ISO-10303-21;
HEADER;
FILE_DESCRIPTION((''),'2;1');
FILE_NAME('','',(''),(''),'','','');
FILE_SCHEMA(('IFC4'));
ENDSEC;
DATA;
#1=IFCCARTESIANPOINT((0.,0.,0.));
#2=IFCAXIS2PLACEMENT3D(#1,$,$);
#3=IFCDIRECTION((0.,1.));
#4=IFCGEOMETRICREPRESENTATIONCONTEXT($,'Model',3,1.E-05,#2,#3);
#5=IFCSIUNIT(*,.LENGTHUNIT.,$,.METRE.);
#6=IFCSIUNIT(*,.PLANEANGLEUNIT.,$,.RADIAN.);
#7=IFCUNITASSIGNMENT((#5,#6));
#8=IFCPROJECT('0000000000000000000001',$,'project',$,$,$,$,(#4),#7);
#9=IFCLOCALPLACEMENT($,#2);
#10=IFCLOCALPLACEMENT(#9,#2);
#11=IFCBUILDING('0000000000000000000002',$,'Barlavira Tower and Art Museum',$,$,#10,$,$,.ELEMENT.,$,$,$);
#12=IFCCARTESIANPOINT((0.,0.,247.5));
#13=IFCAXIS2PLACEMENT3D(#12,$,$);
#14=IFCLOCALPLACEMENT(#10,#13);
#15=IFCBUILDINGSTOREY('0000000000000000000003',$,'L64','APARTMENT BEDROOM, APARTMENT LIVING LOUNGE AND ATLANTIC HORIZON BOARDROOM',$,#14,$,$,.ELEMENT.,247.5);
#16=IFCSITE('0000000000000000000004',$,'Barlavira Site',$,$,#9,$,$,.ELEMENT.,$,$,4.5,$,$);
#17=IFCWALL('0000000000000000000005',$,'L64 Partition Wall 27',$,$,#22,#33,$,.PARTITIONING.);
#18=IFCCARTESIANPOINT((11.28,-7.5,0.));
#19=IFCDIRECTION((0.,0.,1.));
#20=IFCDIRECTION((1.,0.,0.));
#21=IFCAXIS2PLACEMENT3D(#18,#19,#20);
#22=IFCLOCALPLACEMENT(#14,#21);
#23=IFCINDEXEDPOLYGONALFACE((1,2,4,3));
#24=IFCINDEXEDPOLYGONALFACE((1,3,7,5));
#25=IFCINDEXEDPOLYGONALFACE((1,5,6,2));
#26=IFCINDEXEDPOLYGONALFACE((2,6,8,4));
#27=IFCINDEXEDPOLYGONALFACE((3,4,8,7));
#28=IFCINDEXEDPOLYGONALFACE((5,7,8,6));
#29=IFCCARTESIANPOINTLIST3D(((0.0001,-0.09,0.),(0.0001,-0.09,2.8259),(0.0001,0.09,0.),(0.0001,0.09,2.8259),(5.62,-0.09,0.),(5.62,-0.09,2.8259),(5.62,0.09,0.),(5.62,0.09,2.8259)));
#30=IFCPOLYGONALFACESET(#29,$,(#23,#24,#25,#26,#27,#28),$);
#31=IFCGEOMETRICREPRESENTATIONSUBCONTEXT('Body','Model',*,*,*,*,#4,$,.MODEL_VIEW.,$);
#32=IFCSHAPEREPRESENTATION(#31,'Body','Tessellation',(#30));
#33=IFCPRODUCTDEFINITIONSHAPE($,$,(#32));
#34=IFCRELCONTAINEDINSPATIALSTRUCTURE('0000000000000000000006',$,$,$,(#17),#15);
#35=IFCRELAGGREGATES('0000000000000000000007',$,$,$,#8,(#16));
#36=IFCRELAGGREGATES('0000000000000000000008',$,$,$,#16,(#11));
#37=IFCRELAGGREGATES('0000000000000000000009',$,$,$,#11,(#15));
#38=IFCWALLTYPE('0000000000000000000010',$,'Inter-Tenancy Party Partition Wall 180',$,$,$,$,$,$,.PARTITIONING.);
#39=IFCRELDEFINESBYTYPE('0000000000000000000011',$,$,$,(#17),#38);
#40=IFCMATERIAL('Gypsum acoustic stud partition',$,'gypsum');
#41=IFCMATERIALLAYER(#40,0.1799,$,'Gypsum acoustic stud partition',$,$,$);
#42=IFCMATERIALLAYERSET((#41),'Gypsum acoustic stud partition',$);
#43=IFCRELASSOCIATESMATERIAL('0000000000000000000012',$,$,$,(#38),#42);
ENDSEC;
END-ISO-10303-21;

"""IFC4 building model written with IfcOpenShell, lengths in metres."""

from ifc_helpers import new_model, si_unit, direction, frame, frame_2d, origin, place, context, subcontext, project, spatial, rectangle, extrude, material, layer, layer_set, type_object, element, save


model = new_model("IFC4")

# Units and contexts
model_context = context("Model", 3, precision=1e-05, world=origin(), true_north=direction((0.0, 1.0)))
body_context = subcontext(model_context, "Body", "Model", "MODEL_VIEW")
ifc_project = project(units=[si_unit("LENGTHUNIT", "METRE"), si_unit("PLANEANGLEUNIT", "RADIAN")], contexts=[model_context])

# Site, building, storey
site_placement = place(None, origin())
site = spatial("IfcSite", under=ifc_project, at=site_placement, Name="Barlavira Site", CompositionType="ELEMENT", RefElevation=4.5)
building_placement = place(site_placement, origin())
building = spatial("IfcBuilding", under=site, at=building_placement, Name="Barlavira Tower and Art Museum", CompositionType="ELEMENT")
storey_placement = place(building_placement, frame((0.0, 0.0, 247.5)))
storey = spatial("IfcBuildingStorey", under=building, at=storey_placement, Name="L64", Description="APARTMENT BEDROOM, APARTMENT LIVING LOUNGE AND ATLANTIC HORIZON BOARDROOM", CompositionType="ELEMENT", Elevation=247.5)

# Wall
ifc_material_1 = material(Name="Gypsum acoustic stud partition", Category="gypsum")
ifc_layer_1 = layer(ifc_material_1, 0.1799, Name="Gypsum acoustic stud partition")
ifc_layer_set_1 = layer_set([ifc_layer_1], Name="Gypsum acoustic stud partition")
wall_type_1 = type_object("IfcWallType", Name="Inter-Tenancy Party Partition Wall 180", PredefinedType="PARTITIONING", material=ifc_layer_set_1)
wall_1_placement = place(storey_placement, frame((11.28, -7.5, 0.0), z_axis=(0.0, 0.0, 1.0), x_axis=(1.0, 0.0, 0.0)))
element("IfcWall", 1, at=wall_1_placement, inside=storey, type_object=wall_type_1, Name="L64 Partition Wall 27", PredefinedType="PARTITIONING", context=body_context, shape_type="SweptSolid", body=[
    extrude(rectangle(XDim=5.6199, YDim=0.1799, at=frame_2d((2.8101, 0.0))), origin(), (0.0, 0.0, 1.0), 2.8259),
])

save(model, "model.ifc")
